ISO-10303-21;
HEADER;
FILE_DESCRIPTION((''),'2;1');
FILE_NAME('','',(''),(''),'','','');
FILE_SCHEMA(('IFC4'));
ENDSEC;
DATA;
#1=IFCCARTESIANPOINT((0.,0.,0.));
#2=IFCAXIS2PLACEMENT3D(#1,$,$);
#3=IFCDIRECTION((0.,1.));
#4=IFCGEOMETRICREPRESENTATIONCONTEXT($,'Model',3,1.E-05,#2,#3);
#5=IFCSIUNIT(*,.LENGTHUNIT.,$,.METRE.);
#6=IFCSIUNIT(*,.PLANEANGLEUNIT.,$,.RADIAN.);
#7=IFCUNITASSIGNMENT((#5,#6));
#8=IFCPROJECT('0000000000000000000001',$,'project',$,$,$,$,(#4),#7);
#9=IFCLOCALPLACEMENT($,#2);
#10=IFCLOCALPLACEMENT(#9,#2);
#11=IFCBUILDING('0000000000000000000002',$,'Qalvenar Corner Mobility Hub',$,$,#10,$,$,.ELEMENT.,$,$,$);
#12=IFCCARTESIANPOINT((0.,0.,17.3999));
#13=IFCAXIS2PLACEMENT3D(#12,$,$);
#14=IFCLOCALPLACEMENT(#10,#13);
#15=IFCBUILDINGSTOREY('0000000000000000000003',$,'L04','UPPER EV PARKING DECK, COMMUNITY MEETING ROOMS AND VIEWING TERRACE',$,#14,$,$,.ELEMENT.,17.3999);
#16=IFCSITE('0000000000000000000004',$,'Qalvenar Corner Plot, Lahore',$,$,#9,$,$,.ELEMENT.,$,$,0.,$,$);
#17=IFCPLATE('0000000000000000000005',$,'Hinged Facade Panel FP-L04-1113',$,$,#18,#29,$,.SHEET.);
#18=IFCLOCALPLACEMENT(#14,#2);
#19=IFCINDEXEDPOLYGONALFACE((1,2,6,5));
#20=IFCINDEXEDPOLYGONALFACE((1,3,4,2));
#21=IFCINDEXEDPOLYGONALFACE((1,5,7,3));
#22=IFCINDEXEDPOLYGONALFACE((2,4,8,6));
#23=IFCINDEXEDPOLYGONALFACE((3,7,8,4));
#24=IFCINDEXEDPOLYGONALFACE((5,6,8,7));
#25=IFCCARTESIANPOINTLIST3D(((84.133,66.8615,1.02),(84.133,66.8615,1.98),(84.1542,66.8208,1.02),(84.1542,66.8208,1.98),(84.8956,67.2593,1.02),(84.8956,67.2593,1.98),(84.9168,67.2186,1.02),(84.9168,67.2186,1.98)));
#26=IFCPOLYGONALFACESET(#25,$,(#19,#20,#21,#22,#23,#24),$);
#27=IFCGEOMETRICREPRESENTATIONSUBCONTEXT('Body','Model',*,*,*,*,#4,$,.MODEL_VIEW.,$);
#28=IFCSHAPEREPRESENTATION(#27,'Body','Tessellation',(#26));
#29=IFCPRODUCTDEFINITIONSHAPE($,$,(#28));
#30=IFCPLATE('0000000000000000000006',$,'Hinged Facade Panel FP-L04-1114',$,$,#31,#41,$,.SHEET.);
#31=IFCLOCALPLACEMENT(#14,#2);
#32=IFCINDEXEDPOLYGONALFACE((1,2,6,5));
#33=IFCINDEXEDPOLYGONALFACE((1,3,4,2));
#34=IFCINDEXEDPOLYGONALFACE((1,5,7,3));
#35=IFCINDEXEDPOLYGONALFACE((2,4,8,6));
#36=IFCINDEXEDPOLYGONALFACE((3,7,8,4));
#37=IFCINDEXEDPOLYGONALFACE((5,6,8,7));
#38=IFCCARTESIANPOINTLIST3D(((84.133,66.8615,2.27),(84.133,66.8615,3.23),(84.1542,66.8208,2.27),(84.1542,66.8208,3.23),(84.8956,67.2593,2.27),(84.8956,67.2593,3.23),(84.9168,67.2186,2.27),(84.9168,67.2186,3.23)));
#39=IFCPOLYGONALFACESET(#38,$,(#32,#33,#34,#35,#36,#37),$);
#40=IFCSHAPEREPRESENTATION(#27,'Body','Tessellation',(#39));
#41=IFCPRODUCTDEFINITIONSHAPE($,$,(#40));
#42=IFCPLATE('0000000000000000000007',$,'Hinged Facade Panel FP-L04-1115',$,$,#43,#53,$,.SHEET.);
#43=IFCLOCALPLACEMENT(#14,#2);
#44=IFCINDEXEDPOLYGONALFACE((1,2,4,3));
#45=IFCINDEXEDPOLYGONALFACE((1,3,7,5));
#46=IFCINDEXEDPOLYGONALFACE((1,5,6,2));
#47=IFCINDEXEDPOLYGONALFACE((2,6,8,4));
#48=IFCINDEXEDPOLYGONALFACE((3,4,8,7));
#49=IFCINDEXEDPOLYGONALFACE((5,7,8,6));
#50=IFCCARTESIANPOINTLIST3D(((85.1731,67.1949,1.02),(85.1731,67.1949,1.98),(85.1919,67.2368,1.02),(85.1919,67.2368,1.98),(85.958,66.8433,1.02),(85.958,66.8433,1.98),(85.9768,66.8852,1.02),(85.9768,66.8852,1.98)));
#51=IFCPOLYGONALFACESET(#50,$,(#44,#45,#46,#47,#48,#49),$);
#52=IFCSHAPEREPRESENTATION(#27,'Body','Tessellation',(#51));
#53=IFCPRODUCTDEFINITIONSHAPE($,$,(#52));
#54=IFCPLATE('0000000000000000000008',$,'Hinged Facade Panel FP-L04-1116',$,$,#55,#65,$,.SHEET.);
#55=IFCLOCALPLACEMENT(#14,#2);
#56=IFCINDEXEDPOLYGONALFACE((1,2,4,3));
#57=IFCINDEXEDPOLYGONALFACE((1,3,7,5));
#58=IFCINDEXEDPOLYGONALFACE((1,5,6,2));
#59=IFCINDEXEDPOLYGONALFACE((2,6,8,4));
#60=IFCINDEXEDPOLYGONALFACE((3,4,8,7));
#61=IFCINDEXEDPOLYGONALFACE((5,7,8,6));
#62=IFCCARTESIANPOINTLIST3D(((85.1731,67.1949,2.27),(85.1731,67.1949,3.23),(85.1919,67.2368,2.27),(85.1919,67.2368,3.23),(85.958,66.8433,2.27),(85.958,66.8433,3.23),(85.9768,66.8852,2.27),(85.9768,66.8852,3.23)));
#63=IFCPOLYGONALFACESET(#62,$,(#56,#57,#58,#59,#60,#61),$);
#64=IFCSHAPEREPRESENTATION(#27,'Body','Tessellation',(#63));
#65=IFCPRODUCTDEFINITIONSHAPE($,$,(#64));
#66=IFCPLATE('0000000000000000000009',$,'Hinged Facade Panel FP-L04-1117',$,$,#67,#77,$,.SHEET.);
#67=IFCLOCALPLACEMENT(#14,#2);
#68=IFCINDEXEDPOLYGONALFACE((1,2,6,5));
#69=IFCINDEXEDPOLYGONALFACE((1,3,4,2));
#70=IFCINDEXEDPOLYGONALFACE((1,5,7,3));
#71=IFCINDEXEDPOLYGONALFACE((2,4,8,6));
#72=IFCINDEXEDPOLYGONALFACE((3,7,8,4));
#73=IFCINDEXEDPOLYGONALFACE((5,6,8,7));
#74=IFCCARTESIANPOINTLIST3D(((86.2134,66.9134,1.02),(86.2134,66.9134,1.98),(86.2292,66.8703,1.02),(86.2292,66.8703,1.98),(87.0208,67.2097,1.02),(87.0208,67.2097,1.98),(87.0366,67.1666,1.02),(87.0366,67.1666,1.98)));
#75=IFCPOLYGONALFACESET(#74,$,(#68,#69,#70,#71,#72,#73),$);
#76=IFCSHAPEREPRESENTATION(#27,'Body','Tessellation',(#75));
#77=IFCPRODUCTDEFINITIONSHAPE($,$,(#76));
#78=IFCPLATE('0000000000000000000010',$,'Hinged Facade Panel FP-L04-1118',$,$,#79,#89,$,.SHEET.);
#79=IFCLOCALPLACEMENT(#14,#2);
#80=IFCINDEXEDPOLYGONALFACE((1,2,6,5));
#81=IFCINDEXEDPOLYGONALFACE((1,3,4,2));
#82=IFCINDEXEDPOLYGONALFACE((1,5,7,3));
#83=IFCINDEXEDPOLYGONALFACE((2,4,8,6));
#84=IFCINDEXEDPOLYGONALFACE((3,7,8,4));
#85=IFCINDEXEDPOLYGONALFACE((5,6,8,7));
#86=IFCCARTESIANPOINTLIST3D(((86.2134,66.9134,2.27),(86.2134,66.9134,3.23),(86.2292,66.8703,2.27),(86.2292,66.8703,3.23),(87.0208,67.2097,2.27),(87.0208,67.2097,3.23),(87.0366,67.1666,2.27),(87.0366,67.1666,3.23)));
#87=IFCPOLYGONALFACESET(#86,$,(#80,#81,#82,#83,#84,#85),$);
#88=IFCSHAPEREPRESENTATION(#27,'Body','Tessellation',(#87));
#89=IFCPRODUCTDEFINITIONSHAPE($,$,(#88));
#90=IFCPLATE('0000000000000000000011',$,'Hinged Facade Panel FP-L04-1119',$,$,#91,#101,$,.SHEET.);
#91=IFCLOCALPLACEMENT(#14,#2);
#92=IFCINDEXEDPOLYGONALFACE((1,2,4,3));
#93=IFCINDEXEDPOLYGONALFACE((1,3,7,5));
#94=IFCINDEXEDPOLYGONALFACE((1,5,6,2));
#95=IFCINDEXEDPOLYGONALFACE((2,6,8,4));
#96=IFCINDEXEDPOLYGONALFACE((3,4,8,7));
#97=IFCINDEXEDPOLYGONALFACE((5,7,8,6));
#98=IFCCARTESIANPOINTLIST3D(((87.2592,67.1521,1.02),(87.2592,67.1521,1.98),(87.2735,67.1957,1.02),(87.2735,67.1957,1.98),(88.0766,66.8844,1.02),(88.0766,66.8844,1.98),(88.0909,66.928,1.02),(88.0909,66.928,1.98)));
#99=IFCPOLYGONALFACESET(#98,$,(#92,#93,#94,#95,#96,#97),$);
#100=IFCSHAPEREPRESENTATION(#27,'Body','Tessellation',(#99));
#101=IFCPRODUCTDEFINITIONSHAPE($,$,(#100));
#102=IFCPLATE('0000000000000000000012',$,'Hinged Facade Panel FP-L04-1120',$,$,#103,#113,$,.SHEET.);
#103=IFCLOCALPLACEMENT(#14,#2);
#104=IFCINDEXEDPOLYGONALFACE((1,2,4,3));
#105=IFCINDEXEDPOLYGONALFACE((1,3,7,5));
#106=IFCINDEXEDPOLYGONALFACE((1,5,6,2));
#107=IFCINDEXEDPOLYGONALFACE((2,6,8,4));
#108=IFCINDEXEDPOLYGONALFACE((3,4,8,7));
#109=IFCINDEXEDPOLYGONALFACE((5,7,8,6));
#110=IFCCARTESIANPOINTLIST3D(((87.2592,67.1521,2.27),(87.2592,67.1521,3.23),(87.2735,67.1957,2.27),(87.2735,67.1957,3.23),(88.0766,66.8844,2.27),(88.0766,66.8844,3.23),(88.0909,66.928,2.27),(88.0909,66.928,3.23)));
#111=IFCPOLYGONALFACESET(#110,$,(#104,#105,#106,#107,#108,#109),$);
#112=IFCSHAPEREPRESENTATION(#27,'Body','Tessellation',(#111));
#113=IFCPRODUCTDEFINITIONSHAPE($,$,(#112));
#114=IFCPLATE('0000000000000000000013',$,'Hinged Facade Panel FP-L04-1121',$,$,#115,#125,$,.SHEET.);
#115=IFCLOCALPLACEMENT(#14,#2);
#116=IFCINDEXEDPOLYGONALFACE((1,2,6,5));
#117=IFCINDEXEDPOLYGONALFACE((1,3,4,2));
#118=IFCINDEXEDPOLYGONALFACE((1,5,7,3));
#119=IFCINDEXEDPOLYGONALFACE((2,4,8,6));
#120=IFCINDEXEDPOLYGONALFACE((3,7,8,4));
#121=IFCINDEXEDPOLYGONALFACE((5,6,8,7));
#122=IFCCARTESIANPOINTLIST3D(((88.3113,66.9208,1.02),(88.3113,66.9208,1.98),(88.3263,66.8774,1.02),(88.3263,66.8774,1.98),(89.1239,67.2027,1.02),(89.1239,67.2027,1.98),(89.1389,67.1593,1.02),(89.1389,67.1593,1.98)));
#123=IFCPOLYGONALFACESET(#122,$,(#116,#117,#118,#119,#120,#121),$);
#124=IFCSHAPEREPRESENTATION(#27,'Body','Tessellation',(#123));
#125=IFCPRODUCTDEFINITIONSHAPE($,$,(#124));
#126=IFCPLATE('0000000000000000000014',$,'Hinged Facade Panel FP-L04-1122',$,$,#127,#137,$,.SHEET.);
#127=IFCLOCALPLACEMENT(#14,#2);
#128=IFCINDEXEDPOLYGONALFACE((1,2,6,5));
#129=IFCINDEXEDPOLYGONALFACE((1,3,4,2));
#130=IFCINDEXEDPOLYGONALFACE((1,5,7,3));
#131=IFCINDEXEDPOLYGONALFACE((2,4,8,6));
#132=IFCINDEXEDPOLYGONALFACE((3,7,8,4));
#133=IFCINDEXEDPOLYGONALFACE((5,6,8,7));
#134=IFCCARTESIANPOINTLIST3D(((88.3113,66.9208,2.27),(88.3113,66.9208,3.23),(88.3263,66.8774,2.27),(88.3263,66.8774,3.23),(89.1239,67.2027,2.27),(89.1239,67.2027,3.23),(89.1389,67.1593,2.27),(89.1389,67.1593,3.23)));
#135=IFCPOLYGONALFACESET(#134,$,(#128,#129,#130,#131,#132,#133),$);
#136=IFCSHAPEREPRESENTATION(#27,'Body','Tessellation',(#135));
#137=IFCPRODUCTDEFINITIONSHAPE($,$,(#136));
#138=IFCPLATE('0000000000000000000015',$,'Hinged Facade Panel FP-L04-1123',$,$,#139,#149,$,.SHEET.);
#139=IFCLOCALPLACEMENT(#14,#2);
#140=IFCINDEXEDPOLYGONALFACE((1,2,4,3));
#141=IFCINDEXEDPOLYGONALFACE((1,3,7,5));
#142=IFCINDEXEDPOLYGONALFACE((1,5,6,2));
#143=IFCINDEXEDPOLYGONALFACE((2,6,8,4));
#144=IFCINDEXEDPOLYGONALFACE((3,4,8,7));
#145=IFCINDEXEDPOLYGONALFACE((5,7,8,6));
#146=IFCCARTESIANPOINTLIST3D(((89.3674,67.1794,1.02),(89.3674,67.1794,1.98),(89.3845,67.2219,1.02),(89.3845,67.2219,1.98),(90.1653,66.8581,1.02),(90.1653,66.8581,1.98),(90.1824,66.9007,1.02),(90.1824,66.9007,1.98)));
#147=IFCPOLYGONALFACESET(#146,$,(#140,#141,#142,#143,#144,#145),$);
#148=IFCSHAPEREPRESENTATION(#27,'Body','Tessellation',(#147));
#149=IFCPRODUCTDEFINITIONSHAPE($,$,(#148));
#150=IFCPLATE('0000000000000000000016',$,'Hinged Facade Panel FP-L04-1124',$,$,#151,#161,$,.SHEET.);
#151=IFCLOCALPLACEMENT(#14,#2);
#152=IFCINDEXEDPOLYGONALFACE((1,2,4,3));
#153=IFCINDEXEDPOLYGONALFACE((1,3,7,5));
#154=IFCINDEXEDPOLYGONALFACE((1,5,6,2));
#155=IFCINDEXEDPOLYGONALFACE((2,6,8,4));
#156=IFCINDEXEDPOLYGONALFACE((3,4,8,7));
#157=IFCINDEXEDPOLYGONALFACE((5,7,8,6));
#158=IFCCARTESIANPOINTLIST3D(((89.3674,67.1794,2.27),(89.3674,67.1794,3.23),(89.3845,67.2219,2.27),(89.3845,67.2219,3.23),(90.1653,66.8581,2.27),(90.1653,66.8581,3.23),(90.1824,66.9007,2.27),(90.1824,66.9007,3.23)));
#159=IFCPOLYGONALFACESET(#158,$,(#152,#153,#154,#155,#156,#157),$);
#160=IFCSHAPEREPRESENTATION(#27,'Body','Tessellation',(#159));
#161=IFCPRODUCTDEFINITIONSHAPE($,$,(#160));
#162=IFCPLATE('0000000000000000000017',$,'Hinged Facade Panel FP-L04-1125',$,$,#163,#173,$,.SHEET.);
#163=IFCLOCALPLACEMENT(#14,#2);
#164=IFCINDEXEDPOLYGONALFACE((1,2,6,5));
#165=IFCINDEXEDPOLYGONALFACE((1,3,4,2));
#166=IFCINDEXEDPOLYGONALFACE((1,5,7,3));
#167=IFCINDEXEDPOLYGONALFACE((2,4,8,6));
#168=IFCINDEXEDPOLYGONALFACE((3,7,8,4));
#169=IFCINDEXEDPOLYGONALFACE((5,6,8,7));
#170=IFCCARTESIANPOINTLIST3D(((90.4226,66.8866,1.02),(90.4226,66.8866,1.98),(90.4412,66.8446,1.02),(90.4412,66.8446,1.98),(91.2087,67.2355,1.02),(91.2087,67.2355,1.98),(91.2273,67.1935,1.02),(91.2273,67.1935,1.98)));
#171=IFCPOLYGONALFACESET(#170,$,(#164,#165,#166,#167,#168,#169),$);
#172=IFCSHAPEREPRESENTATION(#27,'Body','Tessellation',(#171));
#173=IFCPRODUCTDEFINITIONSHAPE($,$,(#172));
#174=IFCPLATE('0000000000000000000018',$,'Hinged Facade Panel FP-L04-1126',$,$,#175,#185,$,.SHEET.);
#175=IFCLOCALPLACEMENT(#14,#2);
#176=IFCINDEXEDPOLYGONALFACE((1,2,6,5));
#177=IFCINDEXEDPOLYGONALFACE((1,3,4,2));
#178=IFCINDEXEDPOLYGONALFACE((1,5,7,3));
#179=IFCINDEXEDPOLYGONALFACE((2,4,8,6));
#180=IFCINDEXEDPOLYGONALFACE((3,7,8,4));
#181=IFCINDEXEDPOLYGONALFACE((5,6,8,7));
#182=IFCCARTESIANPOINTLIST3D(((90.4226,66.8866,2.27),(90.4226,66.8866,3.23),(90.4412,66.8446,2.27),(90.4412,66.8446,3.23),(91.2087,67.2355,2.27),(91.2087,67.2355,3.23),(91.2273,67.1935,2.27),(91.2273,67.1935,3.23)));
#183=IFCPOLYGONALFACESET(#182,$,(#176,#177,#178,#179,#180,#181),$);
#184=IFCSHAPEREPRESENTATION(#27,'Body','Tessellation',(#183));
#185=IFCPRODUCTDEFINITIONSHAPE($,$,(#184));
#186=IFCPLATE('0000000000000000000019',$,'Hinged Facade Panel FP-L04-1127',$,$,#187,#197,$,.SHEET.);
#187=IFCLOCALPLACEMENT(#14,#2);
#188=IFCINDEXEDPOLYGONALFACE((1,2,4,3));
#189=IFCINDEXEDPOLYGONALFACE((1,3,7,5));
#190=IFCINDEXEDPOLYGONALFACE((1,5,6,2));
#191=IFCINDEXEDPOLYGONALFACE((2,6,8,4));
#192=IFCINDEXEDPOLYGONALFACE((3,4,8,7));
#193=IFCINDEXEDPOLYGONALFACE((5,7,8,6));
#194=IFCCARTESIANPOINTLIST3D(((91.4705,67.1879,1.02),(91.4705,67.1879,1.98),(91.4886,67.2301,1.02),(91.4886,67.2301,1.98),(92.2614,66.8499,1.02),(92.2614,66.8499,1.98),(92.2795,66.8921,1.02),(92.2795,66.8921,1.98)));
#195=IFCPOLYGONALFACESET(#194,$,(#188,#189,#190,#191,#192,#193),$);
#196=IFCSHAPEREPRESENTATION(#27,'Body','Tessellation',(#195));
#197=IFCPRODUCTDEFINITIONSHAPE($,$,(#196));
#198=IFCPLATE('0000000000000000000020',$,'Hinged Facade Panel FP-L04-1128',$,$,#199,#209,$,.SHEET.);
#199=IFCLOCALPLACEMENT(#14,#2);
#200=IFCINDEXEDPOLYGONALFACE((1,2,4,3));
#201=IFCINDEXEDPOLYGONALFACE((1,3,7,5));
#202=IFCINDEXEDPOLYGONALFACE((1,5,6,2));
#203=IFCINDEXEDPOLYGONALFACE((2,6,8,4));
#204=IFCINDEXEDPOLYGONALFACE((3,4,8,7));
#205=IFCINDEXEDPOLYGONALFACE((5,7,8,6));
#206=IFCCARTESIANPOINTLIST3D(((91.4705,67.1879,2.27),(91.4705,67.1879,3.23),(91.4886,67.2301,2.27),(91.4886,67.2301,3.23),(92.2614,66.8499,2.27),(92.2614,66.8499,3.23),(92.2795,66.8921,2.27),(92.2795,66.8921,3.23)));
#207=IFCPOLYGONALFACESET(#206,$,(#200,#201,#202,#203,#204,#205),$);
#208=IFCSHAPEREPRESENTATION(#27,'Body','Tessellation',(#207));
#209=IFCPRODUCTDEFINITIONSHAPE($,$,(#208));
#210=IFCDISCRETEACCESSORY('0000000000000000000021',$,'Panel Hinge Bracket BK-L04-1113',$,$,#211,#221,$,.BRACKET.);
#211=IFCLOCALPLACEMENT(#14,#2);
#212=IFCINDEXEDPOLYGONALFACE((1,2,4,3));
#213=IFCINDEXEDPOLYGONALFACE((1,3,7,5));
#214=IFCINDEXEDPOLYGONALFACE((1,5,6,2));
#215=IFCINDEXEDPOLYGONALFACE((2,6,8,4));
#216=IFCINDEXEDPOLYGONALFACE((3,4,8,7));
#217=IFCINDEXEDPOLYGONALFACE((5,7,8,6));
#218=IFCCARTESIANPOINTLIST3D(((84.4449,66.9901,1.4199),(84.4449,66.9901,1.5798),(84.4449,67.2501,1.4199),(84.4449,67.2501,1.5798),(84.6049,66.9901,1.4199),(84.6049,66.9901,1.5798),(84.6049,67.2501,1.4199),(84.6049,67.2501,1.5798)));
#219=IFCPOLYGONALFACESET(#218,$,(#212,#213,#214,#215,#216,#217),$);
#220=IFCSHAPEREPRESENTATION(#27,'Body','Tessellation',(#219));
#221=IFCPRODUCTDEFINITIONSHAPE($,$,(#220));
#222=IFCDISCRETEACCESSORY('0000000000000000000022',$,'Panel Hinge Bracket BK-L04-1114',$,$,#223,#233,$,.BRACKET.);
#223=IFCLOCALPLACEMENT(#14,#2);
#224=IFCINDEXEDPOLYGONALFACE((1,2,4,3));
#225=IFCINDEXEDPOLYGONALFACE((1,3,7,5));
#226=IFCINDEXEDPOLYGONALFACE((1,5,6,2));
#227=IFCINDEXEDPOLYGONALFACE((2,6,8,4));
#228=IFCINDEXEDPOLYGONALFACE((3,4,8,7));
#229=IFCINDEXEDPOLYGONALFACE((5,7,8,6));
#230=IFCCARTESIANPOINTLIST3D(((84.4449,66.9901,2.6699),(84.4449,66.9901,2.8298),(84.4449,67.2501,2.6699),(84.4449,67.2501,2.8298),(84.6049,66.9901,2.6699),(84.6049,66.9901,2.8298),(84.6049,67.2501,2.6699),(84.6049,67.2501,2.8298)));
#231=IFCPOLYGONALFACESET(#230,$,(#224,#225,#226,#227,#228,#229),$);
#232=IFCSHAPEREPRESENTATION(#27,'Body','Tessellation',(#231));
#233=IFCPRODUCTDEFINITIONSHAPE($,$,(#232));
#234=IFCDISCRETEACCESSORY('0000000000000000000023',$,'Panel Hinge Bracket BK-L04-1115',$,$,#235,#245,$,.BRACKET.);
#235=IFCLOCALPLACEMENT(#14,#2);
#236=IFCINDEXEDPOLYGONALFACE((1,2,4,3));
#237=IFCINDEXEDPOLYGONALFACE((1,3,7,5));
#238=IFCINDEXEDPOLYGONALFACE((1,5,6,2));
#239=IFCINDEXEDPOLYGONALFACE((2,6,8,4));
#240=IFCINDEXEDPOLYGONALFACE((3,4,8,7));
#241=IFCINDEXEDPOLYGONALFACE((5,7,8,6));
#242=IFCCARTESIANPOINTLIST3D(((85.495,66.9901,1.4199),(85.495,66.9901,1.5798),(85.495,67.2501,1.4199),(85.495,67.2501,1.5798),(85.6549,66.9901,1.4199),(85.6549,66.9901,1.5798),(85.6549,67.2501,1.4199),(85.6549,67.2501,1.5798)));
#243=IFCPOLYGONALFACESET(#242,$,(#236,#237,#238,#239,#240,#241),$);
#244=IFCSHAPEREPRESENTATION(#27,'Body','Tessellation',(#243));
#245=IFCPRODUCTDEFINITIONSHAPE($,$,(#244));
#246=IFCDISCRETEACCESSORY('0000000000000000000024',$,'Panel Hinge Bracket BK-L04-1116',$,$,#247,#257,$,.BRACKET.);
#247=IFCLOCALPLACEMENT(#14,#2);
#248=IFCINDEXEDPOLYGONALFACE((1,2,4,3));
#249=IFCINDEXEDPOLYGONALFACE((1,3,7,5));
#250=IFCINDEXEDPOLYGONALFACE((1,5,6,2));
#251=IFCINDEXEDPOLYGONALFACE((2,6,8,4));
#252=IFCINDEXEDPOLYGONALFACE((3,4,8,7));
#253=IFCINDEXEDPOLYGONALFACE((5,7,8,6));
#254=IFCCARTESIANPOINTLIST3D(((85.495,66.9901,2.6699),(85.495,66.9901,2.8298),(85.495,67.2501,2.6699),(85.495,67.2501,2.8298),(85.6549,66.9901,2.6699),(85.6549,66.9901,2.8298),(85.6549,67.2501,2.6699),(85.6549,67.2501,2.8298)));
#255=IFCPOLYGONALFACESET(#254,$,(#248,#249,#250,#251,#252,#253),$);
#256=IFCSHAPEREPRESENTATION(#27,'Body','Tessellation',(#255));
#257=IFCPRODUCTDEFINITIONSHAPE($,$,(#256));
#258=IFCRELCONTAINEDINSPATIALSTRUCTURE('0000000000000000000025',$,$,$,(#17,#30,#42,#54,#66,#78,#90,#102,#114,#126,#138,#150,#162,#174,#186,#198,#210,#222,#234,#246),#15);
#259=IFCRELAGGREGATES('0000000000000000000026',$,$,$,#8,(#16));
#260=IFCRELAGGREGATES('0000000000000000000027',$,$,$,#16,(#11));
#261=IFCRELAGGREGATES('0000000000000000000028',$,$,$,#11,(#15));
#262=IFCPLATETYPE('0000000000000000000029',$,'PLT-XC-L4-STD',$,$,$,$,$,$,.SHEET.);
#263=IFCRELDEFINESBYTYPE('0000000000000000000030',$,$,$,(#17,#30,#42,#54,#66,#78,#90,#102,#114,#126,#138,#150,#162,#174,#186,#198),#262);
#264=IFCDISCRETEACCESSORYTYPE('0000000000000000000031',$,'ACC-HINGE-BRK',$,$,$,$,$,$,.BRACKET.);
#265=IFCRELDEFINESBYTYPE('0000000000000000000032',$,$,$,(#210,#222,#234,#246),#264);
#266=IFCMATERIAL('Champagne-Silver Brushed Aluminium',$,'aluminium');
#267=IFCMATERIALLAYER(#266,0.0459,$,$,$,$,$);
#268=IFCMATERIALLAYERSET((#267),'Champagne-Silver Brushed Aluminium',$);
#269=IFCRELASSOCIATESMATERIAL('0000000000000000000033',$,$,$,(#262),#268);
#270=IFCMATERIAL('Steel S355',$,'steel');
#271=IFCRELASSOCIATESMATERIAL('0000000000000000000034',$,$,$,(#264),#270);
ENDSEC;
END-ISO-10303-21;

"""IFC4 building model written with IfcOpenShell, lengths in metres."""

from ifc_helpers import new_model, si_unit, direction, frame, origin, origin_2d, place, context, subcontext, project, spatial, rectangle, extrude, material, layer, layer_set, type_object, element, save


model = new_model("IFC4")

# Units and contexts
model_context = context("Model", 3, precision=1e-05, world=origin(), true_north=direction((0.0, 1.0)))
body_context = subcontext(model_context, "Body", "Model", "MODEL_VIEW")
ifc_project = project(units=[si_unit("LENGTHUNIT", "METRE"), si_unit("PLANEANGLEUNIT", "RADIAN")], contexts=[model_context])

# Site, building, storey
site_placement = place(None, origin())
site = spatial("IfcSite", under=ifc_project, at=site_placement, Name="Qalvenar Corner Plot, Lahore", CompositionType="ELEMENT", RefElevation=0.0)
building_placement = place(site_placement, origin())
building = spatial("IfcBuilding", under=site, at=building_placement, Name="Qalvenar Corner Mobility Hub", CompositionType="ELEMENT")
storey_placement = place(building_placement, frame((0.0, 0.0, 17.3999)))
storey = spatial("IfcBuildingStorey", under=building, at=storey_placement, Name="L04", Description="UPPER EV PARKING DECK, COMMUNITY MEETING ROOMS AND VIEWING TERRACE", CompositionType="ELEMENT", Elevation=17.3999)

# Plates
ifc_material_1 = material(Name="Champagne-Silver Brushed Aluminium", Category="aluminium")
ifc_layer = layer(ifc_material_1, 0.0459)
ifc_layer_set = layer_set([ifc_layer], Name="Champagne-Silver Brushed Aluminium")
plate_type = type_object("IfcPlateType", Name="PLT-XC-L4-STD", PredefinedType="SHEET", material=ifc_layer_set)
for number, where, z_axis, x_axis, name in (
    (1, (84.5249, 67.04, 1.02), (0.0, 0.0, 1.0), (0.886608, 0.462523, 0.0), "Hinged Facade Panel FP-L04-1113"),
    (2, (84.5249, 67.04, 2.27), (0.0, 0.0, 1.0), (0.886608, 0.462523, 0.0), "Hinged Facade Panel FP-L04-1114"),
    (3, (85.575, 67.04, 1.02), (0.0, 0.0, 1.0), (0.91262, -0.408808, 0.0), "Hinged Facade Panel FP-L04-1115"),
    (4, (85.575, 67.04, 2.27), (0.0, 0.0, 1.0), (0.91262, -0.408808, 0.0), "Hinged Facade Panel FP-L04-1116"),
    (5, (86.625, 67.04, 1.02), (0.0, 0.0, 1.0), (0.938794, 0.344479, 0.0), "Hinged Facade Panel FP-L04-1117"),
    (6, (86.625, 67.04, 2.27), (0.0, 0.0, 1.0), (0.938794, 0.344479, 0.0), "Hinged Facade Panel FP-L04-1118"),
    (7, (87.675, 67.04, 1.02), (0.0, 0.0, 1.0), (0.950353, -0.311174, 0.0), "Hinged Facade Panel FP-L04-1119"),
    (8, (87.675, 67.04, 2.27), (0.0, 0.0, 1.0), (0.950353, -0.311174, 0.0), "Hinged Facade Panel FP-L04-1120"),
    (9, (88.7251, 67.04, 1.02), (0.0, 0.0, 1.0), (0.944777, 0.327713, 0.0), "Hinged Facade Panel FP-L04-1121"),
    (10, (88.7251, 67.04, 2.27), (0.0, 0.0, 1.0), (0.944777, 0.327713, 0.0), "Hinged Facade Panel FP-L04-1122"),
    (11, (89.7749, 67.04, 1.02), (0.0, 0.0, 1.0), (0.927641, -0.373474, 0.0), "Hinged Facade Panel FP-L04-1123"),
    (12, (89.7749, 67.04, 2.27), (0.0, 0.0, 1.0), (0.927641, -0.373474, 0.0), "Hinged Facade Panel FP-L04-1124"),
    (13, (90.825, 67.04, 1.02), (0.0, 0.0, 1.0), (0.914042, 0.40562, 0.0), "Hinged Facade Panel FP-L04-1125"),
    (14, (90.825, 67.04, 2.27), (0.0, 0.0, 1.0), (0.914042, 0.40562, 0.0), "Hinged Facade Panel FP-L04-1126"),
    (15, (91.875, 67.04, 1.02), (0.0, 0.0, 1.0), (0.919547, -0.392979, 0.0), "Hinged Facade Panel FP-L04-1127"),
    (16, (91.875, 67.04, 2.27), (0.0, 0.0, 1.0), (0.919547, -0.392979, 0.0), "Hinged Facade Panel FP-L04-1128"),
):
    element("IfcPlate", number, at=place(storey_placement, frame(where, z_axis=z_axis, x_axis=x_axis)), inside=storey, type_object=plate_type, Name=name, PredefinedType="SHEET", context=body_context, shape_type="SweptSolid", body=[
        extrude(rectangle(XDim=0.8601, YDim=0.0459, at=origin_2d()), origin(), (0.0, 0.0, 1.0), 0.96),
    ])

# Discrete accessories
ifc_material_2 = material(Name="Steel S355", Category="steel")
discrete_accessory_type = type_object("IfcDiscreteAccessoryType", Name="ACC-HINGE-BRK", PredefinedType="BRACKET", material=ifc_material_2)
for number, where, z_axis, x_axis, name in (
    (17, (84.5249, 67.1201, 1.4199), (0.0, 0.0, 1.0), (1.0, 0.0, 0.0), "Panel Hinge Bracket BK-L04-1113"),
    (18, (84.5249, 67.1201, 2.6699), (0.0, 0.0, 1.0), (1.0, 0.0, 0.0), "Panel Hinge Bracket BK-L04-1114"),
    (19, (85.575, 67.1201, 1.4199), (0.0, 0.0, 1.0), (1.0, 0.0, 0.0), "Panel Hinge Bracket BK-L04-1115"),
    (20, (85.575, 67.1201, 2.6699), (0.0, 0.0, 1.0), (1.0, 0.0, 0.0), "Panel Hinge Bracket BK-L04-1116"),
):
    element("IfcDiscreteAccessory", number, at=place(storey_placement, frame(where, z_axis=z_axis, x_axis=x_axis)), inside=storey, type_object=discrete_accessory_type, Name=name, PredefinedType="BRACKET", context=body_context, shape_type="SweptSolid", body=[
        extrude(rectangle(XDim=0.1599, YDim=0.26, at=origin_2d()), origin(), (0.0, 0.0, 1.0), 0.1599),
    ])

save(model, "model.ifc")
